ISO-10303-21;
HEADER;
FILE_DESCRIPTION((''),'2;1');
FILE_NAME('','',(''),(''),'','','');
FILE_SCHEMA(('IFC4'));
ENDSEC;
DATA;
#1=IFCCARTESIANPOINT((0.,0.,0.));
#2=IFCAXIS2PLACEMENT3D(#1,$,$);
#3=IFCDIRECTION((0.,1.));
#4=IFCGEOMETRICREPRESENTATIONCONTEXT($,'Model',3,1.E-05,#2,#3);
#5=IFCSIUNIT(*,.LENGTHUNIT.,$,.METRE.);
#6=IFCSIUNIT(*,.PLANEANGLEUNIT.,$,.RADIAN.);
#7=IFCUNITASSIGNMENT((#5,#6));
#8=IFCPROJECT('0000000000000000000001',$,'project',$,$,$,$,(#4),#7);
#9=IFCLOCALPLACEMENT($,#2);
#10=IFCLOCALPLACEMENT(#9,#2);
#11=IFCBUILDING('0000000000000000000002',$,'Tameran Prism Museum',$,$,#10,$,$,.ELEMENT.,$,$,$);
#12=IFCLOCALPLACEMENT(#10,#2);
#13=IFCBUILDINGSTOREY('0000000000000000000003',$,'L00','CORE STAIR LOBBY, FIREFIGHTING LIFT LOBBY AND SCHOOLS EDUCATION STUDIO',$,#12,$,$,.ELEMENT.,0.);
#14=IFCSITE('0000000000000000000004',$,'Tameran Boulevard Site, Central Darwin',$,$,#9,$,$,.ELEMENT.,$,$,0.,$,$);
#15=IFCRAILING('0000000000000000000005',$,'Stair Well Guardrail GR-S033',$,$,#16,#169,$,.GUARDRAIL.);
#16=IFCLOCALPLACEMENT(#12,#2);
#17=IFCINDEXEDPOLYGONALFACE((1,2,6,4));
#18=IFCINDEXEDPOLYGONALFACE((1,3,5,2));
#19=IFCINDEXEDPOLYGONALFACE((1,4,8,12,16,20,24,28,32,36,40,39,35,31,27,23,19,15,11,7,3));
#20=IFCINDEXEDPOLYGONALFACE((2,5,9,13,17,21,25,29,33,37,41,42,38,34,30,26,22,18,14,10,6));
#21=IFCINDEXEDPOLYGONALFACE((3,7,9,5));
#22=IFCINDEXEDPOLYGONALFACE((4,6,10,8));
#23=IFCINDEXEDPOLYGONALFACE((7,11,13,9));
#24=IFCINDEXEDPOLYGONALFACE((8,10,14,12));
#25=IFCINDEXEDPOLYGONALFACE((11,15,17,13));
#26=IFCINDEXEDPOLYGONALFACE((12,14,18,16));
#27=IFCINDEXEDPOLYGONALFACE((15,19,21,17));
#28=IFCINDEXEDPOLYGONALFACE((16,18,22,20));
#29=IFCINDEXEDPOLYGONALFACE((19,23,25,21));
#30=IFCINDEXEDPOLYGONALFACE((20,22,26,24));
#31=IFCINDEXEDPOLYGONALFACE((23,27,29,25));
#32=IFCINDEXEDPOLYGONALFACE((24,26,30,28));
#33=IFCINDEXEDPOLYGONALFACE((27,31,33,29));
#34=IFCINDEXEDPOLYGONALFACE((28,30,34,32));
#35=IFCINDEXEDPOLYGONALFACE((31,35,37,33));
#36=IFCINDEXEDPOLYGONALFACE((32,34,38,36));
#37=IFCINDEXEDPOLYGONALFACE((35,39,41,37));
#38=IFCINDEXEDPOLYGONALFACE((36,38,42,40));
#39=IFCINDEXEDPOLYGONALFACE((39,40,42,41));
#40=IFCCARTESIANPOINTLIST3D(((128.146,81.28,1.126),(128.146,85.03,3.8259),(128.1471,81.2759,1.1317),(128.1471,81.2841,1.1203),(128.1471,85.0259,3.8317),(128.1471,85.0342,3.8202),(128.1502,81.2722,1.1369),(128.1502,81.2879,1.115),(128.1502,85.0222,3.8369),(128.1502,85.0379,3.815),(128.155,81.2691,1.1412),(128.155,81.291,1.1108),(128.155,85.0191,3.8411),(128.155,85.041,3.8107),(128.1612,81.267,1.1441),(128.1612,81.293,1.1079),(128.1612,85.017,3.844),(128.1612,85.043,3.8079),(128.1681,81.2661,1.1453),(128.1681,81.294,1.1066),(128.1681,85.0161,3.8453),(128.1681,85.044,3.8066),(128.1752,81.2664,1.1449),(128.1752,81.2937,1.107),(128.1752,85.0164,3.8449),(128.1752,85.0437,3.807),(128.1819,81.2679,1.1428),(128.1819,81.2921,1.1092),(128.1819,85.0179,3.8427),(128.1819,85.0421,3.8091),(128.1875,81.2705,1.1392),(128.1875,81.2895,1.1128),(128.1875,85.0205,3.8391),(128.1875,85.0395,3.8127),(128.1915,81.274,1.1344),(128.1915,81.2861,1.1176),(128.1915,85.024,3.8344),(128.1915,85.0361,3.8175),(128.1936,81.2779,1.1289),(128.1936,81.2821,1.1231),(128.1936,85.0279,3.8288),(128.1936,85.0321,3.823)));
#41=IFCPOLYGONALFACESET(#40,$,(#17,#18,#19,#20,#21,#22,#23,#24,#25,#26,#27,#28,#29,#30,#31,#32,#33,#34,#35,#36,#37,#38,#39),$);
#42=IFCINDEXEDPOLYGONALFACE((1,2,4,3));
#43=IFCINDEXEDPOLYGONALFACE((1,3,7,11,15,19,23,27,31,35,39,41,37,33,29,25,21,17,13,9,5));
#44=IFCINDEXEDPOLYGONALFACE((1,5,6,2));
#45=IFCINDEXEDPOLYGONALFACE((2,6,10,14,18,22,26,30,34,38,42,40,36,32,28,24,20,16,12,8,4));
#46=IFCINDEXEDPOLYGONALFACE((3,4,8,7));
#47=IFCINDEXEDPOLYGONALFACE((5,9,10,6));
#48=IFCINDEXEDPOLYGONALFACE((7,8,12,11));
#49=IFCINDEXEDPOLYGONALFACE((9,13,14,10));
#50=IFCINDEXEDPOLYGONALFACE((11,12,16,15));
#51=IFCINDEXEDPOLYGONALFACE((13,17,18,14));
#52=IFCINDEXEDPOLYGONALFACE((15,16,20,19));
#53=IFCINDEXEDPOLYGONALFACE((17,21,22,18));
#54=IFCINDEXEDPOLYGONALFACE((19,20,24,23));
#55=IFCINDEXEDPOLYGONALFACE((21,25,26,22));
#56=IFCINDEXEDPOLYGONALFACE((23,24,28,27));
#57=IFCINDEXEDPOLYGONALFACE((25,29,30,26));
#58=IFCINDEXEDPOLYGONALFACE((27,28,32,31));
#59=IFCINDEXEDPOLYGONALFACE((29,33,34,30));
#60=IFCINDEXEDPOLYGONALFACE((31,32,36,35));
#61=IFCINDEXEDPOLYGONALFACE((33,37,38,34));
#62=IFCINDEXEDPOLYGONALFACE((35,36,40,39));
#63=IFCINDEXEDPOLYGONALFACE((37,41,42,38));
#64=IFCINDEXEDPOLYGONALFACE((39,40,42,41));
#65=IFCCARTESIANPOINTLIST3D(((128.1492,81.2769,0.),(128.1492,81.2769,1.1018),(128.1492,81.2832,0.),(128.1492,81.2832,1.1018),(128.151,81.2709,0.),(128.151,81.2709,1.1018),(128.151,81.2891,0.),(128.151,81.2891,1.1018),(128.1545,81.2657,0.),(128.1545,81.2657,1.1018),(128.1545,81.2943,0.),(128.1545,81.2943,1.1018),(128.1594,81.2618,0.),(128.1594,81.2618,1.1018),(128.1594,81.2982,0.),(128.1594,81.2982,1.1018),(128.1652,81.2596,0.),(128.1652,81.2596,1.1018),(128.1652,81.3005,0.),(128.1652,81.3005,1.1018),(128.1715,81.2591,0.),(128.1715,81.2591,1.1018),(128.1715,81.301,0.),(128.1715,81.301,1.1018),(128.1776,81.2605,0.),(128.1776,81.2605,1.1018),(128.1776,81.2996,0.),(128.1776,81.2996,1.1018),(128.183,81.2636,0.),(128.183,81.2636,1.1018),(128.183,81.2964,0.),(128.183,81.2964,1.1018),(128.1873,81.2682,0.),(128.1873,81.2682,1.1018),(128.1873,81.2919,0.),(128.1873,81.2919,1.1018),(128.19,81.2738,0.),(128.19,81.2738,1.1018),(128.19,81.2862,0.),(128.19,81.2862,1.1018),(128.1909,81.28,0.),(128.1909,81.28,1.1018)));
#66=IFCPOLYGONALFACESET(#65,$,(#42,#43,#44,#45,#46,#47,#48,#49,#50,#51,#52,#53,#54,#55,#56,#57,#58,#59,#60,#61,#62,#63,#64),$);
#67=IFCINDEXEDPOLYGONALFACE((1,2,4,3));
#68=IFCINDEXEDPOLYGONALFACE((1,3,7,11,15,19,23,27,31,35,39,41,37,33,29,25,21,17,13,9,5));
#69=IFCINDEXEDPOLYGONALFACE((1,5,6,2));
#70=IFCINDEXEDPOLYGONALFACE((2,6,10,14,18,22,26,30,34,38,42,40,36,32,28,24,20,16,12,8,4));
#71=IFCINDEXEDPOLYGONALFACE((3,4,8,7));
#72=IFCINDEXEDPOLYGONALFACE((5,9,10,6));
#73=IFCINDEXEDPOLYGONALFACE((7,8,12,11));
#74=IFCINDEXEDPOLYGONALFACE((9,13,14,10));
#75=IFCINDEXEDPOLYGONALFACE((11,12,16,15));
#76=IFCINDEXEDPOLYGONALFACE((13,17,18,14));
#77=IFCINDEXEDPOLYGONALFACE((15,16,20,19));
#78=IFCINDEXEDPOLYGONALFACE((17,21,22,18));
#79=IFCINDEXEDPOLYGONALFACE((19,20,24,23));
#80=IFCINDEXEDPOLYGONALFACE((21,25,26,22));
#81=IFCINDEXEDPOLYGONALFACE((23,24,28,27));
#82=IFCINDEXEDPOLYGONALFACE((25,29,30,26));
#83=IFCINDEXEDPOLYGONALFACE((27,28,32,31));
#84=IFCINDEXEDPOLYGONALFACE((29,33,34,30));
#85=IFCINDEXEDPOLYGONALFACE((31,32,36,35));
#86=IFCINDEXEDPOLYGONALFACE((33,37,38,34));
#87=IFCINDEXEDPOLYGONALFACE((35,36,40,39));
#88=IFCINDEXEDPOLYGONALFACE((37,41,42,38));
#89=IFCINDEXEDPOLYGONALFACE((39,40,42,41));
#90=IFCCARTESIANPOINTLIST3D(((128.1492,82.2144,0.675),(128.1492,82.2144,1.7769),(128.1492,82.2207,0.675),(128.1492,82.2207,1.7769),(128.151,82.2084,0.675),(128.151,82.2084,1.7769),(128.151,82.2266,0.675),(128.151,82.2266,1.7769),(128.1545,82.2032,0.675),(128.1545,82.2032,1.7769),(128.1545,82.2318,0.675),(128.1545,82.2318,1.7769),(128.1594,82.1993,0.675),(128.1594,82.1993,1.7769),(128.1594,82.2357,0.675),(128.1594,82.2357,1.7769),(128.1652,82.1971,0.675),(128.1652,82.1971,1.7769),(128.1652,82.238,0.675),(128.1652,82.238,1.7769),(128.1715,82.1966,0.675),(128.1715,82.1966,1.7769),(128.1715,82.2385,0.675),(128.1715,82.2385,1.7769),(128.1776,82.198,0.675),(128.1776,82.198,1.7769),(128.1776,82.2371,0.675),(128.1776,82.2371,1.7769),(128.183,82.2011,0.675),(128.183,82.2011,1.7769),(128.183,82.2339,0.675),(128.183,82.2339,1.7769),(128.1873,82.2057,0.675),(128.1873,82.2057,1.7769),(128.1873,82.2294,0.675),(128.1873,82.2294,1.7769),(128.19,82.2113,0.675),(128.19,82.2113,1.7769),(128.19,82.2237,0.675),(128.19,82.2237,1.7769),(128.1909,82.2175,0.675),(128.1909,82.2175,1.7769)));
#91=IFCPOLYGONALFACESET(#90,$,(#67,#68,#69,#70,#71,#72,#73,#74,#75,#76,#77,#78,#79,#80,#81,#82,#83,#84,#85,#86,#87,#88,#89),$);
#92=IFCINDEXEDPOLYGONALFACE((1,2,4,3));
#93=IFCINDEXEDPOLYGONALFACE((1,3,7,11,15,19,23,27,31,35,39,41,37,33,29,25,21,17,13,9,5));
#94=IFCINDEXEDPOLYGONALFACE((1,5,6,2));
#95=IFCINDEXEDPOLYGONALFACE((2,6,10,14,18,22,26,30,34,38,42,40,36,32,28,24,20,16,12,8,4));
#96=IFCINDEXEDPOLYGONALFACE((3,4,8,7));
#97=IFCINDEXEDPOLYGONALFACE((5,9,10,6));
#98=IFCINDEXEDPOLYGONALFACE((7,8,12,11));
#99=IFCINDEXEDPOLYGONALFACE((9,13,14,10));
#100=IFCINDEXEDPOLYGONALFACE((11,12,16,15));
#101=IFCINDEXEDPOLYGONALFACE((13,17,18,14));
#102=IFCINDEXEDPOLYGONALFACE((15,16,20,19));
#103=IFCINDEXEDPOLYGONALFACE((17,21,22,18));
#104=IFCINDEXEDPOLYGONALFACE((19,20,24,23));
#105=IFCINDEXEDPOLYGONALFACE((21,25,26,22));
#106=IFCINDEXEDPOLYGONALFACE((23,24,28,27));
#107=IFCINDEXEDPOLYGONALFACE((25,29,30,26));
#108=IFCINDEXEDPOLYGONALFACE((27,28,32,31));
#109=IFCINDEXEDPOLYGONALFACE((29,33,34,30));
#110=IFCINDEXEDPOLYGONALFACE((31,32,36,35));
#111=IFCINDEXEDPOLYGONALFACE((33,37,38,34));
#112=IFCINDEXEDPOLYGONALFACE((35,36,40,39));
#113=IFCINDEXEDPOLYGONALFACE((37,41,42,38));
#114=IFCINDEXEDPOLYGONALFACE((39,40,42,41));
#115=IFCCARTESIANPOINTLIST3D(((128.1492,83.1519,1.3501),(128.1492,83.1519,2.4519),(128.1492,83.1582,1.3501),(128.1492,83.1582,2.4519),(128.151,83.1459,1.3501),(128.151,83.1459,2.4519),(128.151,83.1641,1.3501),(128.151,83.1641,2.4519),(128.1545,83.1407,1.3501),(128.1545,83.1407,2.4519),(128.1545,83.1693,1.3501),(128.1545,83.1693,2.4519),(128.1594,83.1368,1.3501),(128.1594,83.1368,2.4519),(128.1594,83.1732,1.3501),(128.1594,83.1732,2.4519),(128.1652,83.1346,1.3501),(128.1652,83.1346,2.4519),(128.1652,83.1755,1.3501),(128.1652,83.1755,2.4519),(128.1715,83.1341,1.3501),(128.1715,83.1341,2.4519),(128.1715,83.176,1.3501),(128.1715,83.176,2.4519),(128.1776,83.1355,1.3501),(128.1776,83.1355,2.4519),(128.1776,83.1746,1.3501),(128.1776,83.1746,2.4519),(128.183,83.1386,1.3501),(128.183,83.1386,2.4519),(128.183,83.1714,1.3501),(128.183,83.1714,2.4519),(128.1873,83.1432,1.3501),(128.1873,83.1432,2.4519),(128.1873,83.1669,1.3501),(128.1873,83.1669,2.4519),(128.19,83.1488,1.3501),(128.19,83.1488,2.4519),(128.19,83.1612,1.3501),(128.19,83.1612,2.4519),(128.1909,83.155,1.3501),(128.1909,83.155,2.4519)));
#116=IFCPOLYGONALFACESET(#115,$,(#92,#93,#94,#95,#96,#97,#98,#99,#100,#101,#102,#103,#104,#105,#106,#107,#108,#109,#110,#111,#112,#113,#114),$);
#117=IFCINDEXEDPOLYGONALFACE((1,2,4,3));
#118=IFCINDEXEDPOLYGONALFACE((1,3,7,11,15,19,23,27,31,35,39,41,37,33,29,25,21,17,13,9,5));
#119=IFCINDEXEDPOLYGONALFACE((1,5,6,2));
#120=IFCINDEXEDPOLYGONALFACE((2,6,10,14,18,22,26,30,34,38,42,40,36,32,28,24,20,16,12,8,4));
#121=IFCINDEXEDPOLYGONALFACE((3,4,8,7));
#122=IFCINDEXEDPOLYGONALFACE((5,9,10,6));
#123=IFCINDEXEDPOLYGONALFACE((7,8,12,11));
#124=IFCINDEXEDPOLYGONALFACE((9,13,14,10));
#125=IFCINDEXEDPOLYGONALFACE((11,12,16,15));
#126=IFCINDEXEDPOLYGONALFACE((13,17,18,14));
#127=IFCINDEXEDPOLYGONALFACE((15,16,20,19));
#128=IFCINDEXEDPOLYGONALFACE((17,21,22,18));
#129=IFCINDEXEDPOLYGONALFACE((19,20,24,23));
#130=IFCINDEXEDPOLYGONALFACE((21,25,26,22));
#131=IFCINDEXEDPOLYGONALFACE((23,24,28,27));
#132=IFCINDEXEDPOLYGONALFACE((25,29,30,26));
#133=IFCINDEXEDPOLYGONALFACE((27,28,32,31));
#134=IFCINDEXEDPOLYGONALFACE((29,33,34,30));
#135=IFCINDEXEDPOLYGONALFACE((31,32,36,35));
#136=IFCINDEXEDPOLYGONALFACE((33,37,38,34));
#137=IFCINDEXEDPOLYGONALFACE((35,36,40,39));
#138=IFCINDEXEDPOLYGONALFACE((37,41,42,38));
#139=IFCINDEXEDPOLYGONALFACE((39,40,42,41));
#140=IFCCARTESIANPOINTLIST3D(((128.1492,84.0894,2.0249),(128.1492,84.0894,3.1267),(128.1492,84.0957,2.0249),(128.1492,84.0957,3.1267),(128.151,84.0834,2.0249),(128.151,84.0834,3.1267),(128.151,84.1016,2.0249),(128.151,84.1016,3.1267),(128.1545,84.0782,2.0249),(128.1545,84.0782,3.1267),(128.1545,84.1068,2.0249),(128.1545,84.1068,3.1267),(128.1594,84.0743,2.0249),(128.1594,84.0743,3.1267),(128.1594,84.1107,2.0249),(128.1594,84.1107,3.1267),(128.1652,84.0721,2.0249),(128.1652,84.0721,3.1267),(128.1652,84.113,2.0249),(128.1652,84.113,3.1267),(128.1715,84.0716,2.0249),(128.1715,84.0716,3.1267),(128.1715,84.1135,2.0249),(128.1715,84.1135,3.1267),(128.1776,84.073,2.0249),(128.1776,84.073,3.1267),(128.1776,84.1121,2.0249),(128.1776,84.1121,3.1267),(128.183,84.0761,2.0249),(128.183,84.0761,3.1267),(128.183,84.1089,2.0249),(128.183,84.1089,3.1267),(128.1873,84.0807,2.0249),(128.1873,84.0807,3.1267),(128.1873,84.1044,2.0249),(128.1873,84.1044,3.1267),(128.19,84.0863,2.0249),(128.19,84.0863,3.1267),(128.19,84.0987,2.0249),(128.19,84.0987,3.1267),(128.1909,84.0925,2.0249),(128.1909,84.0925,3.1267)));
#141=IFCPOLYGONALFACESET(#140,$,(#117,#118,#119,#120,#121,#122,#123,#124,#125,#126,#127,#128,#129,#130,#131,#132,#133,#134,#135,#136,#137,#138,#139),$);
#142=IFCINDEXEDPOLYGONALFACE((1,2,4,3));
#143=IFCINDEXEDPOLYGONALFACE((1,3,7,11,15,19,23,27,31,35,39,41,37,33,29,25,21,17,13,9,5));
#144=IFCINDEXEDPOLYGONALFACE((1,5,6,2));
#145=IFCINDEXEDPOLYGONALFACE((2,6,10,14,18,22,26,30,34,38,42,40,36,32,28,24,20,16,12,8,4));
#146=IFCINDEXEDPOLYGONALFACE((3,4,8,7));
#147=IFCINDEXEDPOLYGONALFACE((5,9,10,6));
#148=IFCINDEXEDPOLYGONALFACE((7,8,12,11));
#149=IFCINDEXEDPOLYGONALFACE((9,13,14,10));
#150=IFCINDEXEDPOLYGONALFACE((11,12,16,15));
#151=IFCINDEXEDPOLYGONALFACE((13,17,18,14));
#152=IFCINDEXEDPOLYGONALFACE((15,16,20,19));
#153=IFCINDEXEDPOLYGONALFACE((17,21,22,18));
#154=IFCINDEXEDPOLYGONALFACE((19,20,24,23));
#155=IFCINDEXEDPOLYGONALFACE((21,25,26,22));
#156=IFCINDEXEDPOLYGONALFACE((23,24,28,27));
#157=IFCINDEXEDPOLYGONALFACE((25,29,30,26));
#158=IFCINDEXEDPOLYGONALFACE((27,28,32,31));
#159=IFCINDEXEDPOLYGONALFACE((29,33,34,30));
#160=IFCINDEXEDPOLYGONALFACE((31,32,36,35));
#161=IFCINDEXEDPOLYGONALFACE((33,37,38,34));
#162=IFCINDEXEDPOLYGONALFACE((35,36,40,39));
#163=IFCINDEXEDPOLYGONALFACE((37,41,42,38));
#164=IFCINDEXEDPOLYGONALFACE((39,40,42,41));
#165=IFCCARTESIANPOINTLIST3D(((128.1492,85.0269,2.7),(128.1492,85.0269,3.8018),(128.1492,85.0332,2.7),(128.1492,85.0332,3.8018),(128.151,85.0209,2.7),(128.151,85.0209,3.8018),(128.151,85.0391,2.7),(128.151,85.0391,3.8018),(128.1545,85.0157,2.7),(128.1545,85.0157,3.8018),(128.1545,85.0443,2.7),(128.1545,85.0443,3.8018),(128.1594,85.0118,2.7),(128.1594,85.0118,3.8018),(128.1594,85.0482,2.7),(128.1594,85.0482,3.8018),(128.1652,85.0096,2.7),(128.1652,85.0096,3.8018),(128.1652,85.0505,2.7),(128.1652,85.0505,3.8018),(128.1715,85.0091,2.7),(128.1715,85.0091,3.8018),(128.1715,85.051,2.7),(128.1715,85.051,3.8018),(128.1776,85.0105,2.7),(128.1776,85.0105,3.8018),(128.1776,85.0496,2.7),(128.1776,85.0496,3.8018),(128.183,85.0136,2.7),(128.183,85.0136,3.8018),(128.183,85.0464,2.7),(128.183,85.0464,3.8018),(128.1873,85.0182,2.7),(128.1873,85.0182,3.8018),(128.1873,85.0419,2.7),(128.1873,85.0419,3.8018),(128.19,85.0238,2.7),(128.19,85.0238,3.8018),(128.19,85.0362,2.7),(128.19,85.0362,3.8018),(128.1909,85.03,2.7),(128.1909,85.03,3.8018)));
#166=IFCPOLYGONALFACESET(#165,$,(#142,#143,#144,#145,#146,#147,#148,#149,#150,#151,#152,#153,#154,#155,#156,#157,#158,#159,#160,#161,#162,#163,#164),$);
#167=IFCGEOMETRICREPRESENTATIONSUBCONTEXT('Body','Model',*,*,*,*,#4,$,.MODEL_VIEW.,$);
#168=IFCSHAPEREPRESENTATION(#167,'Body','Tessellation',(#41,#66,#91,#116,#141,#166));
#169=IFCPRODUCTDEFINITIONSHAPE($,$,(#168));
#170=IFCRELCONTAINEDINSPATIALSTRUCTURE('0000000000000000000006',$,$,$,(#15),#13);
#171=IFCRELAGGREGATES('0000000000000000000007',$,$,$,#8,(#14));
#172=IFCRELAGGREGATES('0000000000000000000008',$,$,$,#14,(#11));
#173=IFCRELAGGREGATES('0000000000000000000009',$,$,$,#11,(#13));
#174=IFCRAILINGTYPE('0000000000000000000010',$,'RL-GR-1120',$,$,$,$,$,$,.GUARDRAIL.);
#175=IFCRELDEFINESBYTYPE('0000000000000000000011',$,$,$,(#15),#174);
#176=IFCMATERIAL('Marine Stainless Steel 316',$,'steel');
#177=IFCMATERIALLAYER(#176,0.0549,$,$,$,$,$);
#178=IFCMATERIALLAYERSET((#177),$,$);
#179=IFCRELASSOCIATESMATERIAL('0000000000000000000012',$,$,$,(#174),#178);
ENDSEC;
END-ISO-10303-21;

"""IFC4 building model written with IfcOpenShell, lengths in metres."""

from ifc_helpers import new_model, si_unit, direction, frame, origin, origin_2d, place, context, subcontext, project, spatial, circle, extrude, material, layer, layer_set, type_object, element, save


model = new_model("IFC4")

# Units and contexts
model_context = context("Model", 3, precision=1e-05, world=origin(), true_north=direction((0.0, 1.0)))
body_context = subcontext(model_context, "Body", "Model", "MODEL_VIEW")
ifc_project = project(units=[si_unit("LENGTHUNIT", "METRE"), si_unit("PLANEANGLEUNIT", "RADIAN")], contexts=[model_context])

# Site, building, storey
site_placement = place(None, origin())
site = spatial("IfcSite", under=ifc_project, at=site_placement, Name="Tameran Boulevard Site, Central Darwin", CompositionType="ELEMENT", RefElevation=0.0)
building_placement = place(site_placement, origin())
building = spatial("IfcBuilding", under=site, at=building_placement, Name="Tameran Prism Museum", CompositionType="ELEMENT")
storey_placement = place(building_placement, origin())
storey = spatial("IfcBuildingStorey", under=building, at=storey_placement, Name="L00", Description="CORE STAIR LOBBY, FIREFIGHTING LIFT LOBBY AND SCHOOLS EDUCATION STUDIO", CompositionType="ELEMENT", Elevation=0.0)

# Railing
ifc_material_1 = material(Name="Marine Stainless Steel 316", Category="steel")
ifc_layer_1 = layer(ifc_material_1, 0.0549)
ifc_layer_set_1 = layer_set([ifc_layer_1])
railing_type_1 = type_object("IfcRailingType", Name="RL-GR-1120", PredefinedType="GUARDRAIL", material=ifc_layer_set_1)
railing_1_placement = place(storey_placement, frame((128.1699, 81.28, 0.0)))
element("IfcRailing", 1, at=railing_1_placement, inside=storey, type_object=railing_type_1, Name="Stair Well Guardrail GR-S033", PredefinedType="GUARDRAIL", context=body_context, shape_type="SweptSolid", body=[
    extrude(circle(Radius=0.0239, at=origin_2d()), frame((0.0, 0.0, 1.126), z_axis=(0.0, 0.811539, 0.584298), x_axis=(-1.0, 0.0, 0.0)), (0.0, 0.0, 1.0), 4.6208),
    extrude(circle(Radius=0.021, at=origin_2d()), origin(), (0.0, 0.0, 1.0), 1.1018),
    extrude(circle(Radius=0.021, at=origin_2d()), frame((0.0, 0.9375, 0.675)), (0.0, 0.0, 1.0), 1.1018),
    extrude(circle(Radius=0.021, at=origin_2d()), frame((0.0, 1.875, 1.3501)), (0.0, 0.0, 1.0), 1.1018),
    extrude(circle(Radius=0.021, at=origin_2d()), frame((0.0, 2.8125, 2.0249)), (0.0, 0.0, 1.0), 1.1018),
    extrude(circle(Radius=0.021, at=origin_2d()), frame((0.0, 3.75, 2.7)), (0.0, 0.0, 1.0), 1.1018),
])

save(model, "model.ifc")
